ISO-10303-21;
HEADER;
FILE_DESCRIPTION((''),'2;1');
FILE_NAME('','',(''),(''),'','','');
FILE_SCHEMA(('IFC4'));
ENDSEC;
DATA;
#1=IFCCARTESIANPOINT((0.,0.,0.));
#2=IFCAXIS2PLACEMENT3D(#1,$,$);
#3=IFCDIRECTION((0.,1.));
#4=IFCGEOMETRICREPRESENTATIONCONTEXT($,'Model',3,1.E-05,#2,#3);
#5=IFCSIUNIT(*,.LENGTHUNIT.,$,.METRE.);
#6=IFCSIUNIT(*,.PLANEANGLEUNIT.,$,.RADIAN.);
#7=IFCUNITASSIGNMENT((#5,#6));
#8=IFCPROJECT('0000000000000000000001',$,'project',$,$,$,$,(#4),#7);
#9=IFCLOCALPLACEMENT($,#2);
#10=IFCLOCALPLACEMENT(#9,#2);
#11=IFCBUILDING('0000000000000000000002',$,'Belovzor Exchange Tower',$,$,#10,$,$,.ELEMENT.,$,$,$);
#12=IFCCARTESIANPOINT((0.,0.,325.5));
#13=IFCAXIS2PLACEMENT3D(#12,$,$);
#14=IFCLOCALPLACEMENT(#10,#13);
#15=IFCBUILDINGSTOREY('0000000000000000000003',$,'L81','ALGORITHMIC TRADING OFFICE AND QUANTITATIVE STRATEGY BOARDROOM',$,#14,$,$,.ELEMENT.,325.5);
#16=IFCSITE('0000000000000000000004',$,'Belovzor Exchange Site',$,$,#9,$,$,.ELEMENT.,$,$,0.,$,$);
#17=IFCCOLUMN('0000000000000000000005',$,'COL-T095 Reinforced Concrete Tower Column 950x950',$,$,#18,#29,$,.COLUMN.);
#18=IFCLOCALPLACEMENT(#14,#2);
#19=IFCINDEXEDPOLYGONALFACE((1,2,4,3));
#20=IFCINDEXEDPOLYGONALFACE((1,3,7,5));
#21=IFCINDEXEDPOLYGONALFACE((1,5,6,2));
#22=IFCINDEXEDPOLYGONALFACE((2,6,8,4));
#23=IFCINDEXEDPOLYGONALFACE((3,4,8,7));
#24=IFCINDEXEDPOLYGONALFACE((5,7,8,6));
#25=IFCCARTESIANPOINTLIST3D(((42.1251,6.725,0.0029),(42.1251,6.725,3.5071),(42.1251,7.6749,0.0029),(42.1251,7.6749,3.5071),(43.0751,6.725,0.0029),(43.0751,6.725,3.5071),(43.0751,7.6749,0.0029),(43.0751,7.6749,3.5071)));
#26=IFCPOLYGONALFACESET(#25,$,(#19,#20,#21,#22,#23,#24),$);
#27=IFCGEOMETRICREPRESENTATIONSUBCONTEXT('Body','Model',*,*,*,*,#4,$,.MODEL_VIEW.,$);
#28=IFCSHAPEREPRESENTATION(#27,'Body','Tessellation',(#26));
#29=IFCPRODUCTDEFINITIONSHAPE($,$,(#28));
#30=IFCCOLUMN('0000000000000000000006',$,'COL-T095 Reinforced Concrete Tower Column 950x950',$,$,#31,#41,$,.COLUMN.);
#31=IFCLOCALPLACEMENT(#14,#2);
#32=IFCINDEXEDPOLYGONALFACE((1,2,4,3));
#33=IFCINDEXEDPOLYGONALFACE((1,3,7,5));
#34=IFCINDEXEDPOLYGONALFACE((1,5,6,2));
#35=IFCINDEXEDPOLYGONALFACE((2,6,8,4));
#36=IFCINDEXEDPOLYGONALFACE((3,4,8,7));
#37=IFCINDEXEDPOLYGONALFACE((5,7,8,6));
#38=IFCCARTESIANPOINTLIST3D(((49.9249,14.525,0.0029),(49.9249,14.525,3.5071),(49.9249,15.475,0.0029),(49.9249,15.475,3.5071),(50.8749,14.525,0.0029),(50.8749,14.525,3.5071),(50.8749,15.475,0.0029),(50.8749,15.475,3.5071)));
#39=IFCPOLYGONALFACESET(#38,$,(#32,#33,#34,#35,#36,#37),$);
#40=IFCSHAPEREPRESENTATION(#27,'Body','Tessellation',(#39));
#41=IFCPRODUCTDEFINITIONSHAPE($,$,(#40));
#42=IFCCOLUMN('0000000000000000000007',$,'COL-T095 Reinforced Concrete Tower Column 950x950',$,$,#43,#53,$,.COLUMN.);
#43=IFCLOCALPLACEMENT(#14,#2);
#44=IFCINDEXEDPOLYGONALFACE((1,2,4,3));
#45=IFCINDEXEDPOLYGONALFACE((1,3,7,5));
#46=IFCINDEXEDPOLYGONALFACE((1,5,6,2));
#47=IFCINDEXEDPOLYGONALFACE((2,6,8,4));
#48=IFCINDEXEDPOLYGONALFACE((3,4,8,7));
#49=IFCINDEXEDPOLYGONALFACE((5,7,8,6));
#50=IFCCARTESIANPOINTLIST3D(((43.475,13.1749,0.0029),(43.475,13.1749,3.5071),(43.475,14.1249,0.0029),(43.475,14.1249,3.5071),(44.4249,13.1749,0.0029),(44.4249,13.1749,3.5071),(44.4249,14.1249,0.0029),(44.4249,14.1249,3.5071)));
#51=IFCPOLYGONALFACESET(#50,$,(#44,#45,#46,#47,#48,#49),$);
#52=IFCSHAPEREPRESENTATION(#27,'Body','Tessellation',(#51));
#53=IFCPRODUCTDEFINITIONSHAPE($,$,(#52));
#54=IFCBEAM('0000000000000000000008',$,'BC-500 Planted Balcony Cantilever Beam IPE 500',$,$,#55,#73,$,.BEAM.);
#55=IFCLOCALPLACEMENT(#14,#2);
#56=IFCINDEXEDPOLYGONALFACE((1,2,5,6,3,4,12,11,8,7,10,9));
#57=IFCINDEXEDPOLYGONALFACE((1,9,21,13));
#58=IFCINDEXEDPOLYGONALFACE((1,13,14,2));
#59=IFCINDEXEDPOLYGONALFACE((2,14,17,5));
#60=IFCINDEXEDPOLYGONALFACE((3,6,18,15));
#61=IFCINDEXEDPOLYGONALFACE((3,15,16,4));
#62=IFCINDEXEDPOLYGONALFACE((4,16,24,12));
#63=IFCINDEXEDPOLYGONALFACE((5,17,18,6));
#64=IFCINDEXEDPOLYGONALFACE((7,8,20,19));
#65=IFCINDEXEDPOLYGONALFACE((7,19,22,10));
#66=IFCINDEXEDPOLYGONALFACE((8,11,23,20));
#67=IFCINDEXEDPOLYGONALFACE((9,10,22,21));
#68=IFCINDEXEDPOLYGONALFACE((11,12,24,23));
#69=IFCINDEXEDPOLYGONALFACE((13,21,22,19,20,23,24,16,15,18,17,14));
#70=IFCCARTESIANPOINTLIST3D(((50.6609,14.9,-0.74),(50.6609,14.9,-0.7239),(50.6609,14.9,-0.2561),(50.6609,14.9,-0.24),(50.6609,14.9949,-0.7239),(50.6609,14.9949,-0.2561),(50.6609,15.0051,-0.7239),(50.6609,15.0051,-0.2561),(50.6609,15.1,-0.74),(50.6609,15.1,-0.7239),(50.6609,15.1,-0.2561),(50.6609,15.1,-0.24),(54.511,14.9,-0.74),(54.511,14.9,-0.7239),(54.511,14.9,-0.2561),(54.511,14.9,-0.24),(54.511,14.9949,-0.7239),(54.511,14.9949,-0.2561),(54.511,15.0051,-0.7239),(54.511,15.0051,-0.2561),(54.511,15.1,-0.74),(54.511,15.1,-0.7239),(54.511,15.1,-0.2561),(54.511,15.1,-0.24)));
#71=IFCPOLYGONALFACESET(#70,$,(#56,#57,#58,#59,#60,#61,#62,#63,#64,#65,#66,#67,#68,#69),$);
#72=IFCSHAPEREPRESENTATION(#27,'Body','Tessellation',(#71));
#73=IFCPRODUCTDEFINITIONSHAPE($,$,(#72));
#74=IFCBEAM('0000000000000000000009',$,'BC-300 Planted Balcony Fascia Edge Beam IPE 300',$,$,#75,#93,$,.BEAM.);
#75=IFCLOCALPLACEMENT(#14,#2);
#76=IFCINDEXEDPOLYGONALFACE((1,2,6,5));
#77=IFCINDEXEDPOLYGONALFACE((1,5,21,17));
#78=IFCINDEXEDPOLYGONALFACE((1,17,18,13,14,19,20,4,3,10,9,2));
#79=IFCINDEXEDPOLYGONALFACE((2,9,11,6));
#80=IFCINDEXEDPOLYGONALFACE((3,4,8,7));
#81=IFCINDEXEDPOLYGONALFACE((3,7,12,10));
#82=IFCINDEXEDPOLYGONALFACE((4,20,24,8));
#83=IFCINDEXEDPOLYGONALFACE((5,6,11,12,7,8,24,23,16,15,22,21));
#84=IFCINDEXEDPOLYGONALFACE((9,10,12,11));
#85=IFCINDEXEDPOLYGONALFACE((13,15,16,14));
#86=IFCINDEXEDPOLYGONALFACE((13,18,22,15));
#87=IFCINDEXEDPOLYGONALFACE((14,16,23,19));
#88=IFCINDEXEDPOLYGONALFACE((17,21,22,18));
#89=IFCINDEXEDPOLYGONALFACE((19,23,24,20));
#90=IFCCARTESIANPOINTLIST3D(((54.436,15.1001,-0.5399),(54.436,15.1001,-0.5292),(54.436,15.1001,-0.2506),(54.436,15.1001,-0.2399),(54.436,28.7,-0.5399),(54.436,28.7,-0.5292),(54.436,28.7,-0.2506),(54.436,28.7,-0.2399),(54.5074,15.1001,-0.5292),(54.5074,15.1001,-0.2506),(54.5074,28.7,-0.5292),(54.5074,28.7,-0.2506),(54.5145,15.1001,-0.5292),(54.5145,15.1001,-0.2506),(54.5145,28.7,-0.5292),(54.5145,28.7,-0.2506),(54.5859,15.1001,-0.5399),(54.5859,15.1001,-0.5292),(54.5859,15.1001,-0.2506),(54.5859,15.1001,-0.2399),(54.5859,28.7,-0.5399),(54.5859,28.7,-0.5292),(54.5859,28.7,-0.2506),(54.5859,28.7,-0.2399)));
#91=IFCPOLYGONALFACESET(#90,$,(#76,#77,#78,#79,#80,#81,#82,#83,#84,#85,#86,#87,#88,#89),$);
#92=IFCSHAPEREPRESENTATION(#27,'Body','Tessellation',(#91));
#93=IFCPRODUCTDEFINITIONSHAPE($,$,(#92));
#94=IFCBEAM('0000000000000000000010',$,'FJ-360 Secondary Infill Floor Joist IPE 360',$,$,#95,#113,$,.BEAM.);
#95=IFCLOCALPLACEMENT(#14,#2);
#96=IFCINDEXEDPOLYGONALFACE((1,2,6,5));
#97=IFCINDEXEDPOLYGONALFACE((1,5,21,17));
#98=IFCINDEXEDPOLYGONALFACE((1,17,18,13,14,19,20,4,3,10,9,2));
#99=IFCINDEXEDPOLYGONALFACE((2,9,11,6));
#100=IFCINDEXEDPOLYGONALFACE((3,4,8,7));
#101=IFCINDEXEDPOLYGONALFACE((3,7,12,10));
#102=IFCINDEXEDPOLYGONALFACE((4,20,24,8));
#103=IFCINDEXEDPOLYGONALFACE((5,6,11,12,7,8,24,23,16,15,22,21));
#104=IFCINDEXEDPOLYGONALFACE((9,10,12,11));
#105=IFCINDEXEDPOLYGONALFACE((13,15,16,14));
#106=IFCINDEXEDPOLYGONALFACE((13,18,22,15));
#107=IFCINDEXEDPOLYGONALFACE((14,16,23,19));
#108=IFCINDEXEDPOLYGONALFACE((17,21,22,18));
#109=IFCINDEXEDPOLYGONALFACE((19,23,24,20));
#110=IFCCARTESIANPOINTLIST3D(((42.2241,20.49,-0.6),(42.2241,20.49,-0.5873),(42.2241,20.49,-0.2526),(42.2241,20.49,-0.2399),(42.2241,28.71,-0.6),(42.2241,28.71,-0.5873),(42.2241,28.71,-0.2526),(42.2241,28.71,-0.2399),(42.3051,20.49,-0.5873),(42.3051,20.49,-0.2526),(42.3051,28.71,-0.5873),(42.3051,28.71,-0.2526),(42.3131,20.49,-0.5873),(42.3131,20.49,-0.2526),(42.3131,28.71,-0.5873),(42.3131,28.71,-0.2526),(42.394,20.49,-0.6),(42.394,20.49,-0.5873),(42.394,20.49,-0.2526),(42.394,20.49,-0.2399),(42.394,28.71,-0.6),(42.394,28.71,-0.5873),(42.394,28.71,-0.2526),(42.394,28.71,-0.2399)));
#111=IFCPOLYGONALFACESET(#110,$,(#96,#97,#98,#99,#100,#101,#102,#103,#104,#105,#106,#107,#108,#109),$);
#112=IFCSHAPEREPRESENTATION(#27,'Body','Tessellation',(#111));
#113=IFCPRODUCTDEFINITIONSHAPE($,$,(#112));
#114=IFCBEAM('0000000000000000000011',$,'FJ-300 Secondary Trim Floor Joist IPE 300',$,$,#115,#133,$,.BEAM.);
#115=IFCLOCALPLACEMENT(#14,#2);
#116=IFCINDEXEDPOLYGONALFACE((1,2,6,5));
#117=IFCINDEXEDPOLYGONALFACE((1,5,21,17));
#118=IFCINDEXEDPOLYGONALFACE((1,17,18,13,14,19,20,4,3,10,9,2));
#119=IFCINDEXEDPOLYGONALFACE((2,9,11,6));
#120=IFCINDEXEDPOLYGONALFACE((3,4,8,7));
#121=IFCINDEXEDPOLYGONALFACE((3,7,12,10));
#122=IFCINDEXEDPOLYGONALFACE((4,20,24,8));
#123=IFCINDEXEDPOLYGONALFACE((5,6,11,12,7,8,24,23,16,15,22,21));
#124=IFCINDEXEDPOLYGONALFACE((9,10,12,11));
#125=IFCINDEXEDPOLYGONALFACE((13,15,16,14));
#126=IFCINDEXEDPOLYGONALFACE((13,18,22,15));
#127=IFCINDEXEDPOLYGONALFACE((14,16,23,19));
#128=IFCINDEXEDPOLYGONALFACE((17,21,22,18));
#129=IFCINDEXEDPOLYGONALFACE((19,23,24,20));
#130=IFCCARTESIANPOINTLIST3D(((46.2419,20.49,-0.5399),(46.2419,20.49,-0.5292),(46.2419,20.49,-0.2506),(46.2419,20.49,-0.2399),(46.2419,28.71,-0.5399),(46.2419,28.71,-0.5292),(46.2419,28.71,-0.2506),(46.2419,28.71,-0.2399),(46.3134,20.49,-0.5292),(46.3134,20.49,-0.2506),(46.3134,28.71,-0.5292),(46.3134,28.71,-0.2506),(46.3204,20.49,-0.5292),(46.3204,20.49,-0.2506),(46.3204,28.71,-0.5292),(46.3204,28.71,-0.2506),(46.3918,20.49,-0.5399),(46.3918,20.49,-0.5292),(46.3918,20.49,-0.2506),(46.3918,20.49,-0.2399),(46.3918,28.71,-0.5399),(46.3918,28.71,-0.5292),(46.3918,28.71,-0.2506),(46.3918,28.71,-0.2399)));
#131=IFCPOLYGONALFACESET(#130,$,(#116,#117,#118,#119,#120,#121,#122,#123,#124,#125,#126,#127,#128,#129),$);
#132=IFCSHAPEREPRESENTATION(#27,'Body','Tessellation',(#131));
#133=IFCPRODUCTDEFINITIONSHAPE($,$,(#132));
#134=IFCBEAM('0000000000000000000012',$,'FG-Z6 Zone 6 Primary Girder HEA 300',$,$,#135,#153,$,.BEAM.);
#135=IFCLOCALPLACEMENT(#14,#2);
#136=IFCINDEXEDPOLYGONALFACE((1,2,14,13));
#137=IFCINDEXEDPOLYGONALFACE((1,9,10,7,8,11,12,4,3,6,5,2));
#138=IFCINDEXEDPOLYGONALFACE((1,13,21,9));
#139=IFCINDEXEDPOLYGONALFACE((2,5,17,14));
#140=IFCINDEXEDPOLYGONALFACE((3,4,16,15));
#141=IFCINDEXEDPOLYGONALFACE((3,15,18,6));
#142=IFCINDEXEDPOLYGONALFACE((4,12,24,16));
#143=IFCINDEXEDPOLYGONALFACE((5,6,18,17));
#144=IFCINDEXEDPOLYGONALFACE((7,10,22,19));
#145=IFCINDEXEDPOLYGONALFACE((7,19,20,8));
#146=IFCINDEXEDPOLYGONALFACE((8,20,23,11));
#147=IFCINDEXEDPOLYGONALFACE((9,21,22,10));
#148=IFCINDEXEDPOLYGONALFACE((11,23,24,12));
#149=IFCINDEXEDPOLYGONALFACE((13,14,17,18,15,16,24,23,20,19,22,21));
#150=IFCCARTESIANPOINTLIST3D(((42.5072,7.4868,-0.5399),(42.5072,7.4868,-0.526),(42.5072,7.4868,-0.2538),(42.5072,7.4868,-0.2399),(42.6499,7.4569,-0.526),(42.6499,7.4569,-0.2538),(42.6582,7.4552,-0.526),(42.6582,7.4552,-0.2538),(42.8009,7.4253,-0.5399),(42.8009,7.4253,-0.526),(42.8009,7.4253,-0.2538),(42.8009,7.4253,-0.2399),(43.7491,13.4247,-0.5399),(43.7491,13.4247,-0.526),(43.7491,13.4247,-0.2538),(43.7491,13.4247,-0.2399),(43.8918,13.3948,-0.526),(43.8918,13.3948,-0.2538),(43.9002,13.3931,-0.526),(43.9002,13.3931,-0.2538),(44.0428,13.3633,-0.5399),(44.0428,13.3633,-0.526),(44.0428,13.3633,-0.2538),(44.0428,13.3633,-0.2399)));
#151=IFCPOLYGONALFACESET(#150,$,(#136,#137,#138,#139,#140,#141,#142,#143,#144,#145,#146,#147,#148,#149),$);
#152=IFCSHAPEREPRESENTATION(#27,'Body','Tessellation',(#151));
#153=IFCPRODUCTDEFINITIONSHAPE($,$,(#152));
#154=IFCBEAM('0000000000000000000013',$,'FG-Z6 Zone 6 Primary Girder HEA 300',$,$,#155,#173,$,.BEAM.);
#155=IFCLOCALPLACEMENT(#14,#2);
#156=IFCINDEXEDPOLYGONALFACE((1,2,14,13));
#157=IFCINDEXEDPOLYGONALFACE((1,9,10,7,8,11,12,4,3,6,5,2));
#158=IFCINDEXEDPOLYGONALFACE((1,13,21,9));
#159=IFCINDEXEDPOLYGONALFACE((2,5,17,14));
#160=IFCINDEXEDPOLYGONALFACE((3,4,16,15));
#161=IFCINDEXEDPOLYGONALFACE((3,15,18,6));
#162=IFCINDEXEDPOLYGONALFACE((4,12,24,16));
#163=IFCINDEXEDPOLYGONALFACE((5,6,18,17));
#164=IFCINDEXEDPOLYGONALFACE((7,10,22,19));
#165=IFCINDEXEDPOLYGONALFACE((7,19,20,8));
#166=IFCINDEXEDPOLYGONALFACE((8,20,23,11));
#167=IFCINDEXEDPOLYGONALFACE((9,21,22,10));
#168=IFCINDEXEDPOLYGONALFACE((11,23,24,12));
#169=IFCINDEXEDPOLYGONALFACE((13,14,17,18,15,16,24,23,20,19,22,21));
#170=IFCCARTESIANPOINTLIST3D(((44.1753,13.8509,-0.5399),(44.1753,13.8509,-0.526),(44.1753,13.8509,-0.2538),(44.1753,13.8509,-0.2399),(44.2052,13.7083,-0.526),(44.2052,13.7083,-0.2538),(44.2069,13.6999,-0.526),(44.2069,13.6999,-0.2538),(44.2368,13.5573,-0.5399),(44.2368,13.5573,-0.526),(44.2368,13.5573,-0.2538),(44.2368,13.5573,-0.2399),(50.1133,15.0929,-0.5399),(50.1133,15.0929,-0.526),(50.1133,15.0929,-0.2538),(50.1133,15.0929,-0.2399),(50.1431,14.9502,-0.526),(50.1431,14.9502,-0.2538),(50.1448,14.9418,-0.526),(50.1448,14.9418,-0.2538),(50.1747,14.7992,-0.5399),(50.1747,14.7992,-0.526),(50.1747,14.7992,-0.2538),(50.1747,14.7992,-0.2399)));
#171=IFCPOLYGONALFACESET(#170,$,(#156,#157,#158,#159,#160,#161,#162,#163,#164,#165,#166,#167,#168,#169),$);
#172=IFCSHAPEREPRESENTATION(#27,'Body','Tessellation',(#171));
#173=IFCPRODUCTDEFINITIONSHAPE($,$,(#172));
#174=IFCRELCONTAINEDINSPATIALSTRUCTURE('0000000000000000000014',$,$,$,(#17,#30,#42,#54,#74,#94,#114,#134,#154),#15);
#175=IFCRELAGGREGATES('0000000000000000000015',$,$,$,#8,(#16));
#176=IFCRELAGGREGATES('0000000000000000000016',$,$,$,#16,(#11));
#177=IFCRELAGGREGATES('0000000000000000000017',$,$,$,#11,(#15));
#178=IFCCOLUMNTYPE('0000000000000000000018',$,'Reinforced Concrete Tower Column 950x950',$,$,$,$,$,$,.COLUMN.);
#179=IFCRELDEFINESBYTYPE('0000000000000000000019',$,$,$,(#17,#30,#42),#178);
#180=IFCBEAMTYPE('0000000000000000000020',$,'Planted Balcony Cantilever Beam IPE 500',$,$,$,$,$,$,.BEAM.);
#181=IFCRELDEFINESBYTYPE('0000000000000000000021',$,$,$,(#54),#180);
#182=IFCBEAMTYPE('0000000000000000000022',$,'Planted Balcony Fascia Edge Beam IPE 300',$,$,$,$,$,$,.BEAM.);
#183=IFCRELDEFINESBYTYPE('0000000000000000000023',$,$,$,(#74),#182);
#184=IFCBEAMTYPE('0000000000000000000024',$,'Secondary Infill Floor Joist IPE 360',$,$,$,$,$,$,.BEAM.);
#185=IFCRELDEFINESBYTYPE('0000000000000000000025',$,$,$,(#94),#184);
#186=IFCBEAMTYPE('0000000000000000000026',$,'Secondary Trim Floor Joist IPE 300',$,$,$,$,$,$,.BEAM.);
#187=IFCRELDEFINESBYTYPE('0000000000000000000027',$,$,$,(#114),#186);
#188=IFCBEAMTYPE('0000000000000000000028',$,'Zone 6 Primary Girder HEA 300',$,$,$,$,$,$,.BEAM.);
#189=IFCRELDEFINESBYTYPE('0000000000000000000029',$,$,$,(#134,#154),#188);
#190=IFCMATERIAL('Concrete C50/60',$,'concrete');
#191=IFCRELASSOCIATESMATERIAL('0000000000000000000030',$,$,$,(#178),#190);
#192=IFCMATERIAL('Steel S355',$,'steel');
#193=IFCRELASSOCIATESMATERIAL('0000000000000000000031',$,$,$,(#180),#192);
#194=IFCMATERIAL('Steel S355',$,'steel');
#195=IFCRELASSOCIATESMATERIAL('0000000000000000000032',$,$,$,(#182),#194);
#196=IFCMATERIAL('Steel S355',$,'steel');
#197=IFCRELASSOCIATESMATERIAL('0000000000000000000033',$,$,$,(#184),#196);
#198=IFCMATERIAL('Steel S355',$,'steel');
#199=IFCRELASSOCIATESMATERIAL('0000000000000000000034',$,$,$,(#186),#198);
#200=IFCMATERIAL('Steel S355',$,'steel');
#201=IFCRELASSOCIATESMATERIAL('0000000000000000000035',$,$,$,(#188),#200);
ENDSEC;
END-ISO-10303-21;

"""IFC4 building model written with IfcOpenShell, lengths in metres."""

from ifc_helpers import new_model, si_unit, direction, frame, origin, origin_2d, place, context, subcontext, project, spatial, rectangle, i_section, extrude, material, material_profile, profile_set, type_object, element, save


model = new_model("IFC4")

# Units and contexts
model_context = context("Model", 3, precision=1e-05, world=origin(), true_north=direction((0.0, 1.0)))
body_context = subcontext(model_context, "Body", "Model", "MODEL_VIEW")
ifc_project = project(units=[si_unit("LENGTHUNIT", "METRE"), si_unit("PLANEANGLEUNIT", "RADIAN")], contexts=[model_context])

# Site, building, storey
site_placement = place(None, origin())
site = spatial("IfcSite", under=ifc_project, at=site_placement, Name="Belovzor Exchange Site", CompositionType="ELEMENT", RefElevation=0.0)
building_placement = place(site_placement, origin())
building = spatial("IfcBuilding", under=site, at=building_placement, Name="Belovzor Exchange Tower", CompositionType="ELEMENT")
storey_placement = place(building_placement, frame((0.0, 0.0, 325.5)))
storey = spatial("IfcBuildingStorey", under=building, at=storey_placement, Name="L81", Description="ALGORITHMIC TRADING OFFICE AND QUANTITATIVE STRATEGY BOARDROOM", CompositionType="ELEMENT", Elevation=325.5)

# Columns
ifc_material_1 = material(Name="Concrete C50/60", Category="concrete")
ifc_material_profile_1 = material_profile(ifc_material_1, rectangle(XDim=0.95, YDim=0.95, at=origin_2d()))
ifc_profile_set_1 = profile_set([ifc_material_profile_1], Name="Concrete C50/60")
column_type = type_object("IfcColumnType", Name="Reinforced Concrete Tower Column 950x950", PredefinedType="COLUMN", material=ifc_profile_set_1)
for number, where, z_axis, x_axis, name in (
    (1, (42.6001, 7.2, 0.0029), (0.0, 0.0, 1.0), (1.0, 0.0, 0.0), "COL-T095 Reinforced Concrete Tower Column 950x950"),
    (2, (50.3999, 15.0, 0.0029), (0.0, 0.0, 1.0), (1.0, 0.0, 0.0), "COL-T095 Reinforced Concrete Tower Column 950x950"),
    (3, (43.95, 13.6499, 0.0029), (0.0, 0.0, 1.0), (1.0, 0.0, 0.0), "COL-T095 Reinforced Concrete Tower Column 950x950"),
):
    element("IfcColumn", number, at=place(storey_placement, frame(where, z_axis=z_axis, x_axis=x_axis)), inside=storey, type_object=column_type, Name=name, PredefinedType="COLUMN", context=body_context, shape_type="SweptSolid", body=[
        extrude(rectangle(XDim=0.95, YDim=0.95, at=origin_2d()), origin(), (0.0, 0.0, 1.0), 3.5042),
    ])

# Beams
ifc_material_2 = material(Name="Steel S355", Category="steel")
ifc_material_profile_2 = material_profile(ifc_material_2, i_section(OverallWidth=0.2, OverallDepth=0.5, WebThickness=0.0103, FlangeThickness=0.0161, at=origin_2d()))
ifc_profile_set_2 = profile_set([ifc_material_profile_2], Name="Steel S355")
beam_type_1 = type_object("IfcBeamType", Name="Planted Balcony Cantilever Beam IPE 500", PredefinedType="BEAM", material=ifc_profile_set_2)
beam_1_placement = place(storey_placement, frame((50.6609, 15.0, -0.49), z_axis=(1.0, 0.0, 0.0), x_axis=(0.0, 1.0, 0.0)))
element("IfcBeam", 4, at=beam_1_placement, inside=storey, type_object=beam_type_1, Name="BC-500 Planted Balcony Cantilever Beam IPE 500", PredefinedType="BEAM", context=body_context, shape_type="SweptSolid", body=[
    extrude(i_section(OverallWidth=0.2, OverallDepth=0.5, WebThickness=0.0103, FlangeThickness=0.0161, at=origin_2d()), origin(), (0.0, 0.0, 1.0), 3.8501),
])
ifc_material_3 = material(Name="Steel S355", Category="steel")
ifc_material_profile_3 = material_profile(ifc_material_3, i_section(OverallWidth=0.1499, OverallDepth=0.3, WebThickness=0.0071, FlangeThickness=0.0107, at=origin_2d()))
ifc_profile_set_3 = profile_set([ifc_material_profile_3], Name="Steel S355")
beam_type_2 = type_object("IfcBeamType", Name="Planted Balcony Fascia Edge Beam IPE 300", PredefinedType="BEAM", material=ifc_profile_set_3)
beam_2_placement = place(storey_placement, frame((54.511, 15.1001, -0.3899), z_axis=(0.0, 1.0, 0.0), x_axis=(-1.0, 0.0, 0.0)))
element("IfcBeam", 5, at=beam_2_placement, inside=storey, type_object=beam_type_2, Name="BC-300 Planted Balcony Fascia Edge Beam IPE 300", PredefinedType="BEAM", context=body_context, shape_type="SweptSolid", body=[
    extrude(i_section(OverallWidth=0.1499, OverallDepth=0.3, WebThickness=0.0071, FlangeThickness=0.0107, at=origin_2d()), origin(), (0.0, 0.0, 1.0), 13.5999),
])
ifc_material_4 = material(Name="Steel S355", Category="steel")
ifc_material_profile_4 = material_profile(ifc_material_4, i_section(OverallWidth=0.1699, OverallDepth=0.3601, WebThickness=0.0081, FlangeThickness=0.0127, at=origin_2d()))
ifc_profile_set_4 = profile_set([ifc_material_profile_4], Name="Steel S355")
beam_type_3 = type_object("IfcBeamType", Name="Secondary Infill Floor Joist IPE 360", PredefinedType="BEAM", material=ifc_profile_set_4)
beam_3_placement = place(storey_placement, frame((42.3091, 20.49, -0.4199), z_axis=(0.0, 1.0, 0.0), x_axis=(-1.0, 0.0, 0.0)))
element("IfcBeam", 6, at=beam_3_placement, inside=storey, type_object=beam_type_3, Name="FJ-360 Secondary Infill Floor Joist IPE 360", PredefinedType="BEAM", context=body_context, shape_type="SweptSolid", body=[
    extrude(i_section(OverallWidth=0.1699, OverallDepth=0.3601, WebThickness=0.0081, FlangeThickness=0.0127, at=origin_2d()), origin(), (0.0, 0.0, 1.0), 8.22),
])
ifc_material_5 = material(Name="Steel S355", Category="steel")
ifc_material_profile_5 = material_profile(ifc_material_5, i_section(OverallWidth=0.1499, OverallDepth=0.3, WebThickness=0.0071, FlangeThickness=0.0107, at=origin_2d()))
ifc_profile_set_5 = profile_set([ifc_material_profile_5], Name="Steel S355")
beam_type_4 = type_object("IfcBeamType", Name="Secondary Trim Floor Joist IPE 300", PredefinedType="BEAM", material=ifc_profile_set_5)
beam_4_placement = place(storey_placement, frame((46.3169, 20.49, -0.3899), z_axis=(0.0, 1.0, 0.0), x_axis=(-1.0, 0.0, 0.0)))
element("IfcBeam", 7, at=beam_4_placement, inside=storey, type_object=beam_type_4, Name="FJ-300 Secondary Trim Floor Joist IPE 300", PredefinedType="BEAM", context=body_context, shape_type="SweptSolid", body=[
    extrude(i_section(OverallWidth=0.1499, OverallDepth=0.3, WebThickness=0.0071, FlangeThickness=0.0107, at=origin_2d()), origin(), (0.0, 0.0, 1.0), 8.22),
])
ifc_material_6 = material(Name="Steel S355", Category="steel")
ifc_material_profile_6 = material_profile(ifc_material_6, i_section(OverallWidth=0.3, OverallDepth=0.3, WebThickness=0.0085, FlangeThickness=0.0139, at=origin_2d()))
ifc_profile_set_6 = profile_set([ifc_material_profile_6], Name="Steel S355")
beam_type_5 = type_object("IfcBeamType", Name="Zone 6 Primary Girder HEA 300", PredefinedType="BEAM", material=ifc_profile_set_6)
for number, where, z_axis, x_axis, name in (
    (8, (42.6541, 7.4561, -0.3899), (0.204722, 0.97882, 0.0), (-0.97882, 0.204722, 0.0), "FG-Z6 Zone 6 Primary Girder HEA 300"),
    (9, (44.2061, 13.7041, -0.3899), (0.97882, 0.204722, 0.0), (-0.204722, 0.97882, 0.0), "FG-Z6 Zone 6 Primary Girder HEA 300"),
):
    element("IfcBeam", number, at=place(storey_placement, frame(where, z_axis=z_axis, x_axis=x_axis)), inside=storey, type_object=beam_type_5, Name=name, PredefinedType="BEAM", context=body_context, shape_type="SweptSolid", body=[
        extrude(i_section(OverallWidth=0.3, OverallDepth=0.3, WebThickness=0.0085, FlangeThickness=0.0139, at=origin_2d()), origin(), (0.0, 0.0, 1.0), 6.0664),
    ])

save(model, "model.ifc")
